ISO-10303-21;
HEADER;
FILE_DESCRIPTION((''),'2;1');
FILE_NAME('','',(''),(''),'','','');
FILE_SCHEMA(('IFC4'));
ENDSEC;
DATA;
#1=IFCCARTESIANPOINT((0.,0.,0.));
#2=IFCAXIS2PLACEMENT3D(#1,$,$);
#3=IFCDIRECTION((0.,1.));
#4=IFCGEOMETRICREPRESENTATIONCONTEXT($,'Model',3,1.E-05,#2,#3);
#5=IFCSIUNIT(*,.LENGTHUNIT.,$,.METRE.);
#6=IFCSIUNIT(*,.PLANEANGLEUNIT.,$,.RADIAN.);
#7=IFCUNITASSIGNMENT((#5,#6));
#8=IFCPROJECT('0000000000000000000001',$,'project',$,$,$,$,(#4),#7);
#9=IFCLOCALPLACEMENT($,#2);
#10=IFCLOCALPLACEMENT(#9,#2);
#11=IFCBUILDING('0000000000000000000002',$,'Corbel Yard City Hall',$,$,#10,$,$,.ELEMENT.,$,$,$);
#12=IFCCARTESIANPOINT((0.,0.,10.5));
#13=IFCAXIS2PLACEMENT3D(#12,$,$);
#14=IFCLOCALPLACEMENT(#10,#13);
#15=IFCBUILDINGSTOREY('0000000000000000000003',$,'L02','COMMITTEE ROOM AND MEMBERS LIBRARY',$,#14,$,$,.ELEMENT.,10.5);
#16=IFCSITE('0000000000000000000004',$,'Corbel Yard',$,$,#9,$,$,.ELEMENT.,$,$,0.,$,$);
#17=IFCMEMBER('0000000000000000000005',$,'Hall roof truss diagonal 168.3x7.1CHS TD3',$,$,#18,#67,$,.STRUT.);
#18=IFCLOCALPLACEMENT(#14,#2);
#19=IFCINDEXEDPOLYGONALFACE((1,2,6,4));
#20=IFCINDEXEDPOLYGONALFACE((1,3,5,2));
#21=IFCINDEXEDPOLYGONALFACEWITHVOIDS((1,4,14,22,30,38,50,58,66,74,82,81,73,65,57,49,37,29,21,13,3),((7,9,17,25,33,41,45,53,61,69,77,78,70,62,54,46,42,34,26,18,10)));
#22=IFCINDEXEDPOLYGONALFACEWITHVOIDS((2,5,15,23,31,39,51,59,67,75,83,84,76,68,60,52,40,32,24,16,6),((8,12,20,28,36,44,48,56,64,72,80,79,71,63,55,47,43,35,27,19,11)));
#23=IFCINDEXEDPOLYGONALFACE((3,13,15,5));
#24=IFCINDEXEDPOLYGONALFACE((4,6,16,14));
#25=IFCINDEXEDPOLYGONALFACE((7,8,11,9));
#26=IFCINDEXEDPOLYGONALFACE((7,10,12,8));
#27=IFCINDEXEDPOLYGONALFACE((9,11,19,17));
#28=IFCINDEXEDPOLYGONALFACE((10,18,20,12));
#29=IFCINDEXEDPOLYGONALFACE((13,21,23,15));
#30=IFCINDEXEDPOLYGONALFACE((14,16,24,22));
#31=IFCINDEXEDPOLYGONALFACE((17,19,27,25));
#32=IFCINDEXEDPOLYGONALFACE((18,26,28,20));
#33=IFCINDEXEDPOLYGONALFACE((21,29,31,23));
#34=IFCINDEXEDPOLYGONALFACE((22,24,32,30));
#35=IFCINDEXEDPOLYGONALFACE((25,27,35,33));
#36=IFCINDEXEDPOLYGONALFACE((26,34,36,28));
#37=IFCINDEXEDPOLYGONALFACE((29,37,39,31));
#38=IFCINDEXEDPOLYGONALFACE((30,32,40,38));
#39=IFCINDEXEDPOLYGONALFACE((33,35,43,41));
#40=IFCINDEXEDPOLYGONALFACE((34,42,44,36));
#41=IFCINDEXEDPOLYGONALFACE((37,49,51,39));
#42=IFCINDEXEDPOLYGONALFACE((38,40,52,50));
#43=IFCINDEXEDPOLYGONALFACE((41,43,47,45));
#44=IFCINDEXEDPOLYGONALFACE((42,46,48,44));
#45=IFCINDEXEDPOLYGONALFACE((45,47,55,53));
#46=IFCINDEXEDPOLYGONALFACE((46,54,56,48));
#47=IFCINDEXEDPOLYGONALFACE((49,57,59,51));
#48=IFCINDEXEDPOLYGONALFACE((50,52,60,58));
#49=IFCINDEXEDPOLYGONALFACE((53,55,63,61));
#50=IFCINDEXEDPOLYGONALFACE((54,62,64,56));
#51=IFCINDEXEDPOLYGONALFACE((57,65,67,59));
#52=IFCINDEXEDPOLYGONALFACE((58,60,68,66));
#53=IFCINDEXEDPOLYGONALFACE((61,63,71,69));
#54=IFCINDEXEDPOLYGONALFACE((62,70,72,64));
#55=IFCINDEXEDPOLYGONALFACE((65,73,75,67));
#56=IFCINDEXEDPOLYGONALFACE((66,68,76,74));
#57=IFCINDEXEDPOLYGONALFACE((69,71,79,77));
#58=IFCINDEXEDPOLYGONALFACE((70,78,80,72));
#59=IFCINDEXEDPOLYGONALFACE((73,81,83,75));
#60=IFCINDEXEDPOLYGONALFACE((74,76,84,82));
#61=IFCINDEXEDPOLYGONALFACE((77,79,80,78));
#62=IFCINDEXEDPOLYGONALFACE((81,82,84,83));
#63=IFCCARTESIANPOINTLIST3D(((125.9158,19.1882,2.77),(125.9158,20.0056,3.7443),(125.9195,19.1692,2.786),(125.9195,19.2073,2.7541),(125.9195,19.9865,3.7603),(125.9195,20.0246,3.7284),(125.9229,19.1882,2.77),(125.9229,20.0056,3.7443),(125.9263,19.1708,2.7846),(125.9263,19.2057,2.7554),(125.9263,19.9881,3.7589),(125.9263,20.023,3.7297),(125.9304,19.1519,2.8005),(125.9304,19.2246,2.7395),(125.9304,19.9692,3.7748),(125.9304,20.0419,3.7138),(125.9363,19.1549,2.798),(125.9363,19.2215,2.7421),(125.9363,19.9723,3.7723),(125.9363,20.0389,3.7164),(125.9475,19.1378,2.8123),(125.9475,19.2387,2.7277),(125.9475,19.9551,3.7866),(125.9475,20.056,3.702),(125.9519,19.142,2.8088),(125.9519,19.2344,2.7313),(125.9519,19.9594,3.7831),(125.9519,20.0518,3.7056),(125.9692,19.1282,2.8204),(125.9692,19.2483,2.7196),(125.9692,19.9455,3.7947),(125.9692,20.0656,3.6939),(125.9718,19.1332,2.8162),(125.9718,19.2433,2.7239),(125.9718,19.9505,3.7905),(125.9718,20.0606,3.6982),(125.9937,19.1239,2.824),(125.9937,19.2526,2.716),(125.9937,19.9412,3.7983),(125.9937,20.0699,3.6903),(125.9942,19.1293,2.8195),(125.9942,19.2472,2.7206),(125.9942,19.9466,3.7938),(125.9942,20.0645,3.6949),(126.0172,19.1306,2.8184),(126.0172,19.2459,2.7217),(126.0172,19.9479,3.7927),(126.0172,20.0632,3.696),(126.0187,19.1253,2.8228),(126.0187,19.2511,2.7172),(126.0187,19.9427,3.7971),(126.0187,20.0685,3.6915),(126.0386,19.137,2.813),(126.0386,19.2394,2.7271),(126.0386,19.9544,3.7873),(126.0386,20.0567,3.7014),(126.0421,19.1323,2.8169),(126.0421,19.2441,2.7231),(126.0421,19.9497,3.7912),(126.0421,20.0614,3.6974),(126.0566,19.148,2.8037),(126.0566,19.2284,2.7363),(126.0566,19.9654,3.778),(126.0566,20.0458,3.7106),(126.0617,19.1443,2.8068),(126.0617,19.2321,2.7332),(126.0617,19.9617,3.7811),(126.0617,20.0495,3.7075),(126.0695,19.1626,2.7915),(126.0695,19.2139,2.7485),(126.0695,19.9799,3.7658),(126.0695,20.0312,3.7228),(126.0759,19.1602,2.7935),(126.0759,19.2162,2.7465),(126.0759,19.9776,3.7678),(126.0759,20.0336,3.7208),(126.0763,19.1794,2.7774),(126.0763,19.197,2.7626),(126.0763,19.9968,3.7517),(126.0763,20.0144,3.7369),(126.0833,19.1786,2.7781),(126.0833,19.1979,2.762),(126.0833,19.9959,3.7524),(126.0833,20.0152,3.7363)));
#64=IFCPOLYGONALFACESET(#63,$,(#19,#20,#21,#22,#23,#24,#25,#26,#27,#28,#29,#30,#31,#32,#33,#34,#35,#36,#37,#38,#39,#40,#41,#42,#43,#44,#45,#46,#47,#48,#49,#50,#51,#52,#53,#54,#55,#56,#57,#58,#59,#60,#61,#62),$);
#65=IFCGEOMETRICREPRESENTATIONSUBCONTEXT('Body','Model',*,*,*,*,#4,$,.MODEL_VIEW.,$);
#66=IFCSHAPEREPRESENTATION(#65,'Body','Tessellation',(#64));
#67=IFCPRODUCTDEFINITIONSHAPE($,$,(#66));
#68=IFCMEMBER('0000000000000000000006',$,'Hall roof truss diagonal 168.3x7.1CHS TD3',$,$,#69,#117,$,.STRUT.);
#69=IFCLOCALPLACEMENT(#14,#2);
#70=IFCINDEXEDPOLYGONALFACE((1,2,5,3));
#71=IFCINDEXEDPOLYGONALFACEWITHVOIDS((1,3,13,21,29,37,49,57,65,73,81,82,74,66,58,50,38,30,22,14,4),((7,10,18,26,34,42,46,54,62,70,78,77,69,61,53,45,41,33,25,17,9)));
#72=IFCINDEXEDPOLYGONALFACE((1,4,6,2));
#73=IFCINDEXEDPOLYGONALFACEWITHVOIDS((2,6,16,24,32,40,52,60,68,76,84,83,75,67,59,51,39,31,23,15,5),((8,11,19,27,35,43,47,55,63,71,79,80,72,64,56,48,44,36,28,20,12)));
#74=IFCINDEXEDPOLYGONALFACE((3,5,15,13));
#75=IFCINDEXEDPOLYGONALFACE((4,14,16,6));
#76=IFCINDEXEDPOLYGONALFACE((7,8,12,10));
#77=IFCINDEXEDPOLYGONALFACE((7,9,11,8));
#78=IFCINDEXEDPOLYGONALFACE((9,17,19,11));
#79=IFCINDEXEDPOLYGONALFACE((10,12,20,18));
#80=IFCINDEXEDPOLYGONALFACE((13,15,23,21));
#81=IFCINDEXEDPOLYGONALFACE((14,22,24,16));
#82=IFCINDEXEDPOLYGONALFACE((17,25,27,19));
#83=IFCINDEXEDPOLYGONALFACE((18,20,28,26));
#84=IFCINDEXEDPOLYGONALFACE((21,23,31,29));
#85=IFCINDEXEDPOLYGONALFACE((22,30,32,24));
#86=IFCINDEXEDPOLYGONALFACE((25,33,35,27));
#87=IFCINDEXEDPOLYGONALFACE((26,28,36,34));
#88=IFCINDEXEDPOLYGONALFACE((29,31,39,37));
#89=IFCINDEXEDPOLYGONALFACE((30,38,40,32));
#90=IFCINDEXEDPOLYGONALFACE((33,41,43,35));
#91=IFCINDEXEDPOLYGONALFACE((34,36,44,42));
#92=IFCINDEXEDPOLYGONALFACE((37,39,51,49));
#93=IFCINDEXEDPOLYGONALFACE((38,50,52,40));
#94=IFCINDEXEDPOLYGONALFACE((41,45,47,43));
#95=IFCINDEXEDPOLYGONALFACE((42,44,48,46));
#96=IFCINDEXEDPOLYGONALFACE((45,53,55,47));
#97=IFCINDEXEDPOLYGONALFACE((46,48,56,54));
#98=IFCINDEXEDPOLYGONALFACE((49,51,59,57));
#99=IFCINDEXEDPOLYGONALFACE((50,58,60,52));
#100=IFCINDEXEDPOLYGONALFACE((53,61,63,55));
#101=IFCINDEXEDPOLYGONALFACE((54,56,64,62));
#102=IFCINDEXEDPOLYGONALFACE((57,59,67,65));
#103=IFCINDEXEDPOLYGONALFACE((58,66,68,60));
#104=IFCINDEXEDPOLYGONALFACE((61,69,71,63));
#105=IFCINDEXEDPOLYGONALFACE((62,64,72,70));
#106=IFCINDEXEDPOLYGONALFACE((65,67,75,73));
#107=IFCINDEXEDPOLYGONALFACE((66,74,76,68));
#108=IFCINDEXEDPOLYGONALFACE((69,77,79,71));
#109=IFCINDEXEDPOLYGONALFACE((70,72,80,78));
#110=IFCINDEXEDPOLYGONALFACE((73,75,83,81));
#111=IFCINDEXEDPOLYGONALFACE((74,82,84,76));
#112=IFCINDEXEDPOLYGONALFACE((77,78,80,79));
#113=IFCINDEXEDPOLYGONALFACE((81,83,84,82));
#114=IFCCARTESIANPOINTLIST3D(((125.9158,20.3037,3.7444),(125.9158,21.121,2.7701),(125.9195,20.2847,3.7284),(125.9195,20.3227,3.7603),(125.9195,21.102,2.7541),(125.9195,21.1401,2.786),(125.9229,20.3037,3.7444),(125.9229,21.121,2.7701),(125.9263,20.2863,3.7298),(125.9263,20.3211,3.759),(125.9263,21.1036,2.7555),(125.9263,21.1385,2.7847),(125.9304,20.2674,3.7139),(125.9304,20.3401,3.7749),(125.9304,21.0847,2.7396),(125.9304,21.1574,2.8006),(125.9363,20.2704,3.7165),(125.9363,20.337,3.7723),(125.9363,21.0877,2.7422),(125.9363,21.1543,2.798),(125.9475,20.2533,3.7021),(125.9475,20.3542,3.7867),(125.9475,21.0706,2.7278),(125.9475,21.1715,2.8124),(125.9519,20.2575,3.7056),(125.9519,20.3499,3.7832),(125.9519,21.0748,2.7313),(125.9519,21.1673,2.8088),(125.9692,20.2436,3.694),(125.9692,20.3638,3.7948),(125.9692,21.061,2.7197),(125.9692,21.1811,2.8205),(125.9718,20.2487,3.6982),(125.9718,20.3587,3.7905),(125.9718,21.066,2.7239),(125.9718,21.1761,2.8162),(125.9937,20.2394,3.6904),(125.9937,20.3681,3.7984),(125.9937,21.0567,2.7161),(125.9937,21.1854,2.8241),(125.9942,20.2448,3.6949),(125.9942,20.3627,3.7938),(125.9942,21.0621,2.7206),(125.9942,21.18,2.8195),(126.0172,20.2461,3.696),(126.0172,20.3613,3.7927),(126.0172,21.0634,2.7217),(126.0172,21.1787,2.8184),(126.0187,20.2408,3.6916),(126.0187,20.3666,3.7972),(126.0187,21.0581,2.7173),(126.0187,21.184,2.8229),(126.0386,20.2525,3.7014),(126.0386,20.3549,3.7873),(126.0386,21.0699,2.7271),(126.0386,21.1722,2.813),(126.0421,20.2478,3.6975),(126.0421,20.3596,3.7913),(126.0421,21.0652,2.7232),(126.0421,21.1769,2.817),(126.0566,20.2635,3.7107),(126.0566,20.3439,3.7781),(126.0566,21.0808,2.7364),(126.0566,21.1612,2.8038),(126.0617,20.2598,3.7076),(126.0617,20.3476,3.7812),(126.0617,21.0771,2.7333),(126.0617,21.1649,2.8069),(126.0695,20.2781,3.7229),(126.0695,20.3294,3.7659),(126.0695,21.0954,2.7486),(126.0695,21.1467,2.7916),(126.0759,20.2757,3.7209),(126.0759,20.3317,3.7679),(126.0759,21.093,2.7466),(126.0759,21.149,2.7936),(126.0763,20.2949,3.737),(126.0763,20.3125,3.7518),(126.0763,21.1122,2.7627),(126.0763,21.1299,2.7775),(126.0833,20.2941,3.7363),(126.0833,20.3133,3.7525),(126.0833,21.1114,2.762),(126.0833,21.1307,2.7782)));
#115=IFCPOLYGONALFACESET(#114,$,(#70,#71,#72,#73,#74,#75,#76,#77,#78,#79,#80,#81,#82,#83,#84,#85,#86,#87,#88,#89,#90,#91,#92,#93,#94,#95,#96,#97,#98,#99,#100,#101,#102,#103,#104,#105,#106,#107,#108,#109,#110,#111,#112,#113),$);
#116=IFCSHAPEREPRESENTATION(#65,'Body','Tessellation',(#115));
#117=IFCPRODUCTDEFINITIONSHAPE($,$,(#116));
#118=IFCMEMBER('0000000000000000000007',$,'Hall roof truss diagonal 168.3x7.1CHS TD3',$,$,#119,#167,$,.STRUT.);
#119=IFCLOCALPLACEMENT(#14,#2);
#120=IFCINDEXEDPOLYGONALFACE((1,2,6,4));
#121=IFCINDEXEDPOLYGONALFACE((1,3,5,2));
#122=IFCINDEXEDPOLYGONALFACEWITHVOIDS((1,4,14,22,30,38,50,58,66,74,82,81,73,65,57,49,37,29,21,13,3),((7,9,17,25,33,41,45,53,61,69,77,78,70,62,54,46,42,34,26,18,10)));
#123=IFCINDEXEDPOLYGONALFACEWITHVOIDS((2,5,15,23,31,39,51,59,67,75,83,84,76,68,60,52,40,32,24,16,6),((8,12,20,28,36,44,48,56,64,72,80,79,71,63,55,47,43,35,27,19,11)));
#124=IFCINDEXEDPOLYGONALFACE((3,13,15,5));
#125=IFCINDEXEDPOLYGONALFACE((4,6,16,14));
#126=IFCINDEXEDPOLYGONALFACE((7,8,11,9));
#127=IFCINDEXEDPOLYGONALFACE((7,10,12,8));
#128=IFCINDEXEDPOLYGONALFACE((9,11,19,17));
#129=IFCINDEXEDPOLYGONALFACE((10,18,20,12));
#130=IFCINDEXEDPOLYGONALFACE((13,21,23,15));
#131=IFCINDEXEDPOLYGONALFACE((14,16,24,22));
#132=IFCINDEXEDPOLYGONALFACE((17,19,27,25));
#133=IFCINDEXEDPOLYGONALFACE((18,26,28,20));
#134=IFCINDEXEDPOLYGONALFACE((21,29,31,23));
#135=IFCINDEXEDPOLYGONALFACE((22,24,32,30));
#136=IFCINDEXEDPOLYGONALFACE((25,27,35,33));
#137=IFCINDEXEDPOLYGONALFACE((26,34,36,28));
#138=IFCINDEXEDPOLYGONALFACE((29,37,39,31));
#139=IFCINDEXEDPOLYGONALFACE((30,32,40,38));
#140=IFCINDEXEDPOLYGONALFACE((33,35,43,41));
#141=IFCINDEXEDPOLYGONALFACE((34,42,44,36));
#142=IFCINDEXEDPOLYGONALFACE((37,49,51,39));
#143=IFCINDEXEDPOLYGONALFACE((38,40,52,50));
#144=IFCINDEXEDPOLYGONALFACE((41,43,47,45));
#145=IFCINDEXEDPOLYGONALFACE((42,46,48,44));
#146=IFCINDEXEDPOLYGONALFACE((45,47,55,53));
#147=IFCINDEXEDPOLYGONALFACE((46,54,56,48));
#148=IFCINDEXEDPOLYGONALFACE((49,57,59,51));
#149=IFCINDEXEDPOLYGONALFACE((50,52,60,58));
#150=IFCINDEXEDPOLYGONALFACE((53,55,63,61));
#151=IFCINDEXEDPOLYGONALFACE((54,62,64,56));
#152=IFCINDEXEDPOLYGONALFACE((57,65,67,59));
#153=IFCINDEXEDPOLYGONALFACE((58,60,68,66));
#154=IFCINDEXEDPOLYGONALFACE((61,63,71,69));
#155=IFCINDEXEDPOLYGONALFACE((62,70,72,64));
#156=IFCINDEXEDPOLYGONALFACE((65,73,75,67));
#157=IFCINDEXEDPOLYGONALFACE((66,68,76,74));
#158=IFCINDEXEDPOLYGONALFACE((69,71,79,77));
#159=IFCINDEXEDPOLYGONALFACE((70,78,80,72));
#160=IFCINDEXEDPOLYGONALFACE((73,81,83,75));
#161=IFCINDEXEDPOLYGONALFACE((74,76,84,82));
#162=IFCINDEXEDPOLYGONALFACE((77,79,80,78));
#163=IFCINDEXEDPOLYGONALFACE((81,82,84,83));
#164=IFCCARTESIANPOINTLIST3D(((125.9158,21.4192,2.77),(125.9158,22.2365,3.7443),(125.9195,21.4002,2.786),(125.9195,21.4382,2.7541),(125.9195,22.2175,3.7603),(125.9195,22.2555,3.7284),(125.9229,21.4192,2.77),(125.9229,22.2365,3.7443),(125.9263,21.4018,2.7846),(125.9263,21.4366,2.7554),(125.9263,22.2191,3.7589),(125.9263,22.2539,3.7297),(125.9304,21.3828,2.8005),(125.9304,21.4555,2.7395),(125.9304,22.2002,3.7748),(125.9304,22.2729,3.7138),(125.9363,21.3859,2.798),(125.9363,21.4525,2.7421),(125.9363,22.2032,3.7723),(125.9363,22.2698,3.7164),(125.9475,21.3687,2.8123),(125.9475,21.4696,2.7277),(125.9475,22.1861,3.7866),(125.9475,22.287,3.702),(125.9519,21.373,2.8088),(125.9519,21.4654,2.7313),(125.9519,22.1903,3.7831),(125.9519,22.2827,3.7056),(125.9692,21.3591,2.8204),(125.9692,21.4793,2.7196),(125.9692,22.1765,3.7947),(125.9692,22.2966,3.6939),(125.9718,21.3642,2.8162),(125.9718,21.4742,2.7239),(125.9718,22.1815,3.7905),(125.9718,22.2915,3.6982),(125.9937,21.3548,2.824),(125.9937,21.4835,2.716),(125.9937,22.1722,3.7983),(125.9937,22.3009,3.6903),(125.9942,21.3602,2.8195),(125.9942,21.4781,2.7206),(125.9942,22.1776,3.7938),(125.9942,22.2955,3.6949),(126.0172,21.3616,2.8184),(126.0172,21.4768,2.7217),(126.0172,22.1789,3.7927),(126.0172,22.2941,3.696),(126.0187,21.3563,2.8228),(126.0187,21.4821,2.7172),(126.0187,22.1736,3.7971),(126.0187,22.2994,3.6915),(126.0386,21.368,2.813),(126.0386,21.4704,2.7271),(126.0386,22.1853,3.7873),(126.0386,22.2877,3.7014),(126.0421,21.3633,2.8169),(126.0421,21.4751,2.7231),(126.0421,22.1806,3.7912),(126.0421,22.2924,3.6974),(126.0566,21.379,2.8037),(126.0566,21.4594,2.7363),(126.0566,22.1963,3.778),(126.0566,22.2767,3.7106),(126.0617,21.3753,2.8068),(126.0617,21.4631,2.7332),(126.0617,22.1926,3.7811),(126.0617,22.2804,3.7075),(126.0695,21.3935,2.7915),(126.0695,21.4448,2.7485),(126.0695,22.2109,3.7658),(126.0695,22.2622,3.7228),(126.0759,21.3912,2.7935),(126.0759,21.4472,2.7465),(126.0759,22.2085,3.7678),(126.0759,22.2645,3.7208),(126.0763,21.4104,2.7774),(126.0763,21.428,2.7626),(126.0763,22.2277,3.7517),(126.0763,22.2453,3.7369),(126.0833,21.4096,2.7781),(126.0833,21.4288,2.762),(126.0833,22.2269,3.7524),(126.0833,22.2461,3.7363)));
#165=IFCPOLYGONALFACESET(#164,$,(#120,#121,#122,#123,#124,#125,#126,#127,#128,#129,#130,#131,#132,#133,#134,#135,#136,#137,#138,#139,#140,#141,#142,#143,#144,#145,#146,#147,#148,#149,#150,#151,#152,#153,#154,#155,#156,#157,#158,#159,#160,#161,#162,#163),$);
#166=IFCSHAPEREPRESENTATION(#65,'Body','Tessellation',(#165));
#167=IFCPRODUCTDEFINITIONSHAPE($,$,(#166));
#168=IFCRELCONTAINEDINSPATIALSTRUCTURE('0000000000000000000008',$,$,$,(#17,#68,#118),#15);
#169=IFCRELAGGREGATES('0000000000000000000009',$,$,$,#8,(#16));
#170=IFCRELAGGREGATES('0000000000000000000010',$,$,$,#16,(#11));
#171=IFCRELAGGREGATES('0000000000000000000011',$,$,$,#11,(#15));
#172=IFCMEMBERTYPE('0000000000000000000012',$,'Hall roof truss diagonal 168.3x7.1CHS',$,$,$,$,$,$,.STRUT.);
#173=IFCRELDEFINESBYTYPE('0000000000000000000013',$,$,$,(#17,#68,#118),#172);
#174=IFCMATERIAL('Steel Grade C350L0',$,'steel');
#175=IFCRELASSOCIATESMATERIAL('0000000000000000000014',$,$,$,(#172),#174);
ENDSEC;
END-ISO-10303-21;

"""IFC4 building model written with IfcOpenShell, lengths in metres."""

from ifc_helpers import new_model, si_unit, direction, frame, origin, origin_2d, place, context, subcontext, project, spatial, hollow_circle, extrude, material, material_profile, profile_set, type_object, element, save


model = new_model("IFC4")

# Units and contexts
model_context = context("Model", 3, precision=1e-05, world=origin(), true_north=direction((0.0, 1.0)))
body_context = subcontext(model_context, "Body", "Model", "MODEL_VIEW")
ifc_project = project(units=[si_unit("LENGTHUNIT", "METRE"), si_unit("PLANEANGLEUNIT", "RADIAN")], contexts=[model_context])

# Site, building, storey
site_placement = place(None, origin())
site = spatial("IfcSite", under=ifc_project, at=site_placement, Name="Corbel Yard", CompositionType="ELEMENT", RefElevation=0.0)
building_placement = place(site_placement, origin())
building = spatial("IfcBuilding", under=site, at=building_placement, Name="Corbel Yard City Hall", CompositionType="ELEMENT")
storey_placement = place(building_placement, frame((0.0, 0.0, 10.5)))
storey = spatial("IfcBuildingStorey", under=building, at=storey_placement, Name="L02", Description="COMMITTEE ROOM AND MEMBERS LIBRARY", CompositionType="ELEMENT", Elevation=10.5)

# Members
ifc_material_1 = material(Name="Steel Grade C350L0", Category="steel")
ifc_material_profile_1 = material_profile(ifc_material_1, hollow_circle(Radius=0.0842, WallThickness=0.0071, at=origin_2d()), Name="168.3x7.1CHS")
ifc_profile_set_1 = profile_set([ifc_material_profile_1], Name="Steel Grade C350L0")
member_type_1 = type_object("IfcMemberType", Name="Hall roof truss diagonal 168.3x7.1CHS", PredefinedType="STRUT", material=ifc_profile_set_1)
for number, where, z_axis, x_axis, name in (
    (1, (126.0, 19.1882, 2.77), (0.0, 0.642692, 0.766124), (-1.0, 0.0, 0.0), "Hall roof truss diagonal 168.3x7.1CHS TD3"),
    (2, (126.0, 20.3037, 3.7444), (0.0, 0.642692, -0.766124), (-1.0, 0.0, 0.0), "Hall roof truss diagonal 168.3x7.1CHS TD3"),
    (3, (126.0, 21.4192, 2.77), (0.0, 0.642692, 0.766124), (-1.0, 0.0, 0.0), "Hall roof truss diagonal 168.3x7.1CHS TD3"),
):
    element("IfcMember", number, at=place(storey_placement, frame(where, z_axis=z_axis, x_axis=x_axis)), inside=storey, type_object=member_type_1, Name=name, PredefinedType="STRUT", context=body_context, shape_type="SweptSolid", body=[
        extrude(hollow_circle(Radius=0.0842, WallThickness=0.0071, at=origin_2d()), origin(), (0.0, 0.0, 1.0), 1.2717),
    ])

save(model, "model.ifc")
